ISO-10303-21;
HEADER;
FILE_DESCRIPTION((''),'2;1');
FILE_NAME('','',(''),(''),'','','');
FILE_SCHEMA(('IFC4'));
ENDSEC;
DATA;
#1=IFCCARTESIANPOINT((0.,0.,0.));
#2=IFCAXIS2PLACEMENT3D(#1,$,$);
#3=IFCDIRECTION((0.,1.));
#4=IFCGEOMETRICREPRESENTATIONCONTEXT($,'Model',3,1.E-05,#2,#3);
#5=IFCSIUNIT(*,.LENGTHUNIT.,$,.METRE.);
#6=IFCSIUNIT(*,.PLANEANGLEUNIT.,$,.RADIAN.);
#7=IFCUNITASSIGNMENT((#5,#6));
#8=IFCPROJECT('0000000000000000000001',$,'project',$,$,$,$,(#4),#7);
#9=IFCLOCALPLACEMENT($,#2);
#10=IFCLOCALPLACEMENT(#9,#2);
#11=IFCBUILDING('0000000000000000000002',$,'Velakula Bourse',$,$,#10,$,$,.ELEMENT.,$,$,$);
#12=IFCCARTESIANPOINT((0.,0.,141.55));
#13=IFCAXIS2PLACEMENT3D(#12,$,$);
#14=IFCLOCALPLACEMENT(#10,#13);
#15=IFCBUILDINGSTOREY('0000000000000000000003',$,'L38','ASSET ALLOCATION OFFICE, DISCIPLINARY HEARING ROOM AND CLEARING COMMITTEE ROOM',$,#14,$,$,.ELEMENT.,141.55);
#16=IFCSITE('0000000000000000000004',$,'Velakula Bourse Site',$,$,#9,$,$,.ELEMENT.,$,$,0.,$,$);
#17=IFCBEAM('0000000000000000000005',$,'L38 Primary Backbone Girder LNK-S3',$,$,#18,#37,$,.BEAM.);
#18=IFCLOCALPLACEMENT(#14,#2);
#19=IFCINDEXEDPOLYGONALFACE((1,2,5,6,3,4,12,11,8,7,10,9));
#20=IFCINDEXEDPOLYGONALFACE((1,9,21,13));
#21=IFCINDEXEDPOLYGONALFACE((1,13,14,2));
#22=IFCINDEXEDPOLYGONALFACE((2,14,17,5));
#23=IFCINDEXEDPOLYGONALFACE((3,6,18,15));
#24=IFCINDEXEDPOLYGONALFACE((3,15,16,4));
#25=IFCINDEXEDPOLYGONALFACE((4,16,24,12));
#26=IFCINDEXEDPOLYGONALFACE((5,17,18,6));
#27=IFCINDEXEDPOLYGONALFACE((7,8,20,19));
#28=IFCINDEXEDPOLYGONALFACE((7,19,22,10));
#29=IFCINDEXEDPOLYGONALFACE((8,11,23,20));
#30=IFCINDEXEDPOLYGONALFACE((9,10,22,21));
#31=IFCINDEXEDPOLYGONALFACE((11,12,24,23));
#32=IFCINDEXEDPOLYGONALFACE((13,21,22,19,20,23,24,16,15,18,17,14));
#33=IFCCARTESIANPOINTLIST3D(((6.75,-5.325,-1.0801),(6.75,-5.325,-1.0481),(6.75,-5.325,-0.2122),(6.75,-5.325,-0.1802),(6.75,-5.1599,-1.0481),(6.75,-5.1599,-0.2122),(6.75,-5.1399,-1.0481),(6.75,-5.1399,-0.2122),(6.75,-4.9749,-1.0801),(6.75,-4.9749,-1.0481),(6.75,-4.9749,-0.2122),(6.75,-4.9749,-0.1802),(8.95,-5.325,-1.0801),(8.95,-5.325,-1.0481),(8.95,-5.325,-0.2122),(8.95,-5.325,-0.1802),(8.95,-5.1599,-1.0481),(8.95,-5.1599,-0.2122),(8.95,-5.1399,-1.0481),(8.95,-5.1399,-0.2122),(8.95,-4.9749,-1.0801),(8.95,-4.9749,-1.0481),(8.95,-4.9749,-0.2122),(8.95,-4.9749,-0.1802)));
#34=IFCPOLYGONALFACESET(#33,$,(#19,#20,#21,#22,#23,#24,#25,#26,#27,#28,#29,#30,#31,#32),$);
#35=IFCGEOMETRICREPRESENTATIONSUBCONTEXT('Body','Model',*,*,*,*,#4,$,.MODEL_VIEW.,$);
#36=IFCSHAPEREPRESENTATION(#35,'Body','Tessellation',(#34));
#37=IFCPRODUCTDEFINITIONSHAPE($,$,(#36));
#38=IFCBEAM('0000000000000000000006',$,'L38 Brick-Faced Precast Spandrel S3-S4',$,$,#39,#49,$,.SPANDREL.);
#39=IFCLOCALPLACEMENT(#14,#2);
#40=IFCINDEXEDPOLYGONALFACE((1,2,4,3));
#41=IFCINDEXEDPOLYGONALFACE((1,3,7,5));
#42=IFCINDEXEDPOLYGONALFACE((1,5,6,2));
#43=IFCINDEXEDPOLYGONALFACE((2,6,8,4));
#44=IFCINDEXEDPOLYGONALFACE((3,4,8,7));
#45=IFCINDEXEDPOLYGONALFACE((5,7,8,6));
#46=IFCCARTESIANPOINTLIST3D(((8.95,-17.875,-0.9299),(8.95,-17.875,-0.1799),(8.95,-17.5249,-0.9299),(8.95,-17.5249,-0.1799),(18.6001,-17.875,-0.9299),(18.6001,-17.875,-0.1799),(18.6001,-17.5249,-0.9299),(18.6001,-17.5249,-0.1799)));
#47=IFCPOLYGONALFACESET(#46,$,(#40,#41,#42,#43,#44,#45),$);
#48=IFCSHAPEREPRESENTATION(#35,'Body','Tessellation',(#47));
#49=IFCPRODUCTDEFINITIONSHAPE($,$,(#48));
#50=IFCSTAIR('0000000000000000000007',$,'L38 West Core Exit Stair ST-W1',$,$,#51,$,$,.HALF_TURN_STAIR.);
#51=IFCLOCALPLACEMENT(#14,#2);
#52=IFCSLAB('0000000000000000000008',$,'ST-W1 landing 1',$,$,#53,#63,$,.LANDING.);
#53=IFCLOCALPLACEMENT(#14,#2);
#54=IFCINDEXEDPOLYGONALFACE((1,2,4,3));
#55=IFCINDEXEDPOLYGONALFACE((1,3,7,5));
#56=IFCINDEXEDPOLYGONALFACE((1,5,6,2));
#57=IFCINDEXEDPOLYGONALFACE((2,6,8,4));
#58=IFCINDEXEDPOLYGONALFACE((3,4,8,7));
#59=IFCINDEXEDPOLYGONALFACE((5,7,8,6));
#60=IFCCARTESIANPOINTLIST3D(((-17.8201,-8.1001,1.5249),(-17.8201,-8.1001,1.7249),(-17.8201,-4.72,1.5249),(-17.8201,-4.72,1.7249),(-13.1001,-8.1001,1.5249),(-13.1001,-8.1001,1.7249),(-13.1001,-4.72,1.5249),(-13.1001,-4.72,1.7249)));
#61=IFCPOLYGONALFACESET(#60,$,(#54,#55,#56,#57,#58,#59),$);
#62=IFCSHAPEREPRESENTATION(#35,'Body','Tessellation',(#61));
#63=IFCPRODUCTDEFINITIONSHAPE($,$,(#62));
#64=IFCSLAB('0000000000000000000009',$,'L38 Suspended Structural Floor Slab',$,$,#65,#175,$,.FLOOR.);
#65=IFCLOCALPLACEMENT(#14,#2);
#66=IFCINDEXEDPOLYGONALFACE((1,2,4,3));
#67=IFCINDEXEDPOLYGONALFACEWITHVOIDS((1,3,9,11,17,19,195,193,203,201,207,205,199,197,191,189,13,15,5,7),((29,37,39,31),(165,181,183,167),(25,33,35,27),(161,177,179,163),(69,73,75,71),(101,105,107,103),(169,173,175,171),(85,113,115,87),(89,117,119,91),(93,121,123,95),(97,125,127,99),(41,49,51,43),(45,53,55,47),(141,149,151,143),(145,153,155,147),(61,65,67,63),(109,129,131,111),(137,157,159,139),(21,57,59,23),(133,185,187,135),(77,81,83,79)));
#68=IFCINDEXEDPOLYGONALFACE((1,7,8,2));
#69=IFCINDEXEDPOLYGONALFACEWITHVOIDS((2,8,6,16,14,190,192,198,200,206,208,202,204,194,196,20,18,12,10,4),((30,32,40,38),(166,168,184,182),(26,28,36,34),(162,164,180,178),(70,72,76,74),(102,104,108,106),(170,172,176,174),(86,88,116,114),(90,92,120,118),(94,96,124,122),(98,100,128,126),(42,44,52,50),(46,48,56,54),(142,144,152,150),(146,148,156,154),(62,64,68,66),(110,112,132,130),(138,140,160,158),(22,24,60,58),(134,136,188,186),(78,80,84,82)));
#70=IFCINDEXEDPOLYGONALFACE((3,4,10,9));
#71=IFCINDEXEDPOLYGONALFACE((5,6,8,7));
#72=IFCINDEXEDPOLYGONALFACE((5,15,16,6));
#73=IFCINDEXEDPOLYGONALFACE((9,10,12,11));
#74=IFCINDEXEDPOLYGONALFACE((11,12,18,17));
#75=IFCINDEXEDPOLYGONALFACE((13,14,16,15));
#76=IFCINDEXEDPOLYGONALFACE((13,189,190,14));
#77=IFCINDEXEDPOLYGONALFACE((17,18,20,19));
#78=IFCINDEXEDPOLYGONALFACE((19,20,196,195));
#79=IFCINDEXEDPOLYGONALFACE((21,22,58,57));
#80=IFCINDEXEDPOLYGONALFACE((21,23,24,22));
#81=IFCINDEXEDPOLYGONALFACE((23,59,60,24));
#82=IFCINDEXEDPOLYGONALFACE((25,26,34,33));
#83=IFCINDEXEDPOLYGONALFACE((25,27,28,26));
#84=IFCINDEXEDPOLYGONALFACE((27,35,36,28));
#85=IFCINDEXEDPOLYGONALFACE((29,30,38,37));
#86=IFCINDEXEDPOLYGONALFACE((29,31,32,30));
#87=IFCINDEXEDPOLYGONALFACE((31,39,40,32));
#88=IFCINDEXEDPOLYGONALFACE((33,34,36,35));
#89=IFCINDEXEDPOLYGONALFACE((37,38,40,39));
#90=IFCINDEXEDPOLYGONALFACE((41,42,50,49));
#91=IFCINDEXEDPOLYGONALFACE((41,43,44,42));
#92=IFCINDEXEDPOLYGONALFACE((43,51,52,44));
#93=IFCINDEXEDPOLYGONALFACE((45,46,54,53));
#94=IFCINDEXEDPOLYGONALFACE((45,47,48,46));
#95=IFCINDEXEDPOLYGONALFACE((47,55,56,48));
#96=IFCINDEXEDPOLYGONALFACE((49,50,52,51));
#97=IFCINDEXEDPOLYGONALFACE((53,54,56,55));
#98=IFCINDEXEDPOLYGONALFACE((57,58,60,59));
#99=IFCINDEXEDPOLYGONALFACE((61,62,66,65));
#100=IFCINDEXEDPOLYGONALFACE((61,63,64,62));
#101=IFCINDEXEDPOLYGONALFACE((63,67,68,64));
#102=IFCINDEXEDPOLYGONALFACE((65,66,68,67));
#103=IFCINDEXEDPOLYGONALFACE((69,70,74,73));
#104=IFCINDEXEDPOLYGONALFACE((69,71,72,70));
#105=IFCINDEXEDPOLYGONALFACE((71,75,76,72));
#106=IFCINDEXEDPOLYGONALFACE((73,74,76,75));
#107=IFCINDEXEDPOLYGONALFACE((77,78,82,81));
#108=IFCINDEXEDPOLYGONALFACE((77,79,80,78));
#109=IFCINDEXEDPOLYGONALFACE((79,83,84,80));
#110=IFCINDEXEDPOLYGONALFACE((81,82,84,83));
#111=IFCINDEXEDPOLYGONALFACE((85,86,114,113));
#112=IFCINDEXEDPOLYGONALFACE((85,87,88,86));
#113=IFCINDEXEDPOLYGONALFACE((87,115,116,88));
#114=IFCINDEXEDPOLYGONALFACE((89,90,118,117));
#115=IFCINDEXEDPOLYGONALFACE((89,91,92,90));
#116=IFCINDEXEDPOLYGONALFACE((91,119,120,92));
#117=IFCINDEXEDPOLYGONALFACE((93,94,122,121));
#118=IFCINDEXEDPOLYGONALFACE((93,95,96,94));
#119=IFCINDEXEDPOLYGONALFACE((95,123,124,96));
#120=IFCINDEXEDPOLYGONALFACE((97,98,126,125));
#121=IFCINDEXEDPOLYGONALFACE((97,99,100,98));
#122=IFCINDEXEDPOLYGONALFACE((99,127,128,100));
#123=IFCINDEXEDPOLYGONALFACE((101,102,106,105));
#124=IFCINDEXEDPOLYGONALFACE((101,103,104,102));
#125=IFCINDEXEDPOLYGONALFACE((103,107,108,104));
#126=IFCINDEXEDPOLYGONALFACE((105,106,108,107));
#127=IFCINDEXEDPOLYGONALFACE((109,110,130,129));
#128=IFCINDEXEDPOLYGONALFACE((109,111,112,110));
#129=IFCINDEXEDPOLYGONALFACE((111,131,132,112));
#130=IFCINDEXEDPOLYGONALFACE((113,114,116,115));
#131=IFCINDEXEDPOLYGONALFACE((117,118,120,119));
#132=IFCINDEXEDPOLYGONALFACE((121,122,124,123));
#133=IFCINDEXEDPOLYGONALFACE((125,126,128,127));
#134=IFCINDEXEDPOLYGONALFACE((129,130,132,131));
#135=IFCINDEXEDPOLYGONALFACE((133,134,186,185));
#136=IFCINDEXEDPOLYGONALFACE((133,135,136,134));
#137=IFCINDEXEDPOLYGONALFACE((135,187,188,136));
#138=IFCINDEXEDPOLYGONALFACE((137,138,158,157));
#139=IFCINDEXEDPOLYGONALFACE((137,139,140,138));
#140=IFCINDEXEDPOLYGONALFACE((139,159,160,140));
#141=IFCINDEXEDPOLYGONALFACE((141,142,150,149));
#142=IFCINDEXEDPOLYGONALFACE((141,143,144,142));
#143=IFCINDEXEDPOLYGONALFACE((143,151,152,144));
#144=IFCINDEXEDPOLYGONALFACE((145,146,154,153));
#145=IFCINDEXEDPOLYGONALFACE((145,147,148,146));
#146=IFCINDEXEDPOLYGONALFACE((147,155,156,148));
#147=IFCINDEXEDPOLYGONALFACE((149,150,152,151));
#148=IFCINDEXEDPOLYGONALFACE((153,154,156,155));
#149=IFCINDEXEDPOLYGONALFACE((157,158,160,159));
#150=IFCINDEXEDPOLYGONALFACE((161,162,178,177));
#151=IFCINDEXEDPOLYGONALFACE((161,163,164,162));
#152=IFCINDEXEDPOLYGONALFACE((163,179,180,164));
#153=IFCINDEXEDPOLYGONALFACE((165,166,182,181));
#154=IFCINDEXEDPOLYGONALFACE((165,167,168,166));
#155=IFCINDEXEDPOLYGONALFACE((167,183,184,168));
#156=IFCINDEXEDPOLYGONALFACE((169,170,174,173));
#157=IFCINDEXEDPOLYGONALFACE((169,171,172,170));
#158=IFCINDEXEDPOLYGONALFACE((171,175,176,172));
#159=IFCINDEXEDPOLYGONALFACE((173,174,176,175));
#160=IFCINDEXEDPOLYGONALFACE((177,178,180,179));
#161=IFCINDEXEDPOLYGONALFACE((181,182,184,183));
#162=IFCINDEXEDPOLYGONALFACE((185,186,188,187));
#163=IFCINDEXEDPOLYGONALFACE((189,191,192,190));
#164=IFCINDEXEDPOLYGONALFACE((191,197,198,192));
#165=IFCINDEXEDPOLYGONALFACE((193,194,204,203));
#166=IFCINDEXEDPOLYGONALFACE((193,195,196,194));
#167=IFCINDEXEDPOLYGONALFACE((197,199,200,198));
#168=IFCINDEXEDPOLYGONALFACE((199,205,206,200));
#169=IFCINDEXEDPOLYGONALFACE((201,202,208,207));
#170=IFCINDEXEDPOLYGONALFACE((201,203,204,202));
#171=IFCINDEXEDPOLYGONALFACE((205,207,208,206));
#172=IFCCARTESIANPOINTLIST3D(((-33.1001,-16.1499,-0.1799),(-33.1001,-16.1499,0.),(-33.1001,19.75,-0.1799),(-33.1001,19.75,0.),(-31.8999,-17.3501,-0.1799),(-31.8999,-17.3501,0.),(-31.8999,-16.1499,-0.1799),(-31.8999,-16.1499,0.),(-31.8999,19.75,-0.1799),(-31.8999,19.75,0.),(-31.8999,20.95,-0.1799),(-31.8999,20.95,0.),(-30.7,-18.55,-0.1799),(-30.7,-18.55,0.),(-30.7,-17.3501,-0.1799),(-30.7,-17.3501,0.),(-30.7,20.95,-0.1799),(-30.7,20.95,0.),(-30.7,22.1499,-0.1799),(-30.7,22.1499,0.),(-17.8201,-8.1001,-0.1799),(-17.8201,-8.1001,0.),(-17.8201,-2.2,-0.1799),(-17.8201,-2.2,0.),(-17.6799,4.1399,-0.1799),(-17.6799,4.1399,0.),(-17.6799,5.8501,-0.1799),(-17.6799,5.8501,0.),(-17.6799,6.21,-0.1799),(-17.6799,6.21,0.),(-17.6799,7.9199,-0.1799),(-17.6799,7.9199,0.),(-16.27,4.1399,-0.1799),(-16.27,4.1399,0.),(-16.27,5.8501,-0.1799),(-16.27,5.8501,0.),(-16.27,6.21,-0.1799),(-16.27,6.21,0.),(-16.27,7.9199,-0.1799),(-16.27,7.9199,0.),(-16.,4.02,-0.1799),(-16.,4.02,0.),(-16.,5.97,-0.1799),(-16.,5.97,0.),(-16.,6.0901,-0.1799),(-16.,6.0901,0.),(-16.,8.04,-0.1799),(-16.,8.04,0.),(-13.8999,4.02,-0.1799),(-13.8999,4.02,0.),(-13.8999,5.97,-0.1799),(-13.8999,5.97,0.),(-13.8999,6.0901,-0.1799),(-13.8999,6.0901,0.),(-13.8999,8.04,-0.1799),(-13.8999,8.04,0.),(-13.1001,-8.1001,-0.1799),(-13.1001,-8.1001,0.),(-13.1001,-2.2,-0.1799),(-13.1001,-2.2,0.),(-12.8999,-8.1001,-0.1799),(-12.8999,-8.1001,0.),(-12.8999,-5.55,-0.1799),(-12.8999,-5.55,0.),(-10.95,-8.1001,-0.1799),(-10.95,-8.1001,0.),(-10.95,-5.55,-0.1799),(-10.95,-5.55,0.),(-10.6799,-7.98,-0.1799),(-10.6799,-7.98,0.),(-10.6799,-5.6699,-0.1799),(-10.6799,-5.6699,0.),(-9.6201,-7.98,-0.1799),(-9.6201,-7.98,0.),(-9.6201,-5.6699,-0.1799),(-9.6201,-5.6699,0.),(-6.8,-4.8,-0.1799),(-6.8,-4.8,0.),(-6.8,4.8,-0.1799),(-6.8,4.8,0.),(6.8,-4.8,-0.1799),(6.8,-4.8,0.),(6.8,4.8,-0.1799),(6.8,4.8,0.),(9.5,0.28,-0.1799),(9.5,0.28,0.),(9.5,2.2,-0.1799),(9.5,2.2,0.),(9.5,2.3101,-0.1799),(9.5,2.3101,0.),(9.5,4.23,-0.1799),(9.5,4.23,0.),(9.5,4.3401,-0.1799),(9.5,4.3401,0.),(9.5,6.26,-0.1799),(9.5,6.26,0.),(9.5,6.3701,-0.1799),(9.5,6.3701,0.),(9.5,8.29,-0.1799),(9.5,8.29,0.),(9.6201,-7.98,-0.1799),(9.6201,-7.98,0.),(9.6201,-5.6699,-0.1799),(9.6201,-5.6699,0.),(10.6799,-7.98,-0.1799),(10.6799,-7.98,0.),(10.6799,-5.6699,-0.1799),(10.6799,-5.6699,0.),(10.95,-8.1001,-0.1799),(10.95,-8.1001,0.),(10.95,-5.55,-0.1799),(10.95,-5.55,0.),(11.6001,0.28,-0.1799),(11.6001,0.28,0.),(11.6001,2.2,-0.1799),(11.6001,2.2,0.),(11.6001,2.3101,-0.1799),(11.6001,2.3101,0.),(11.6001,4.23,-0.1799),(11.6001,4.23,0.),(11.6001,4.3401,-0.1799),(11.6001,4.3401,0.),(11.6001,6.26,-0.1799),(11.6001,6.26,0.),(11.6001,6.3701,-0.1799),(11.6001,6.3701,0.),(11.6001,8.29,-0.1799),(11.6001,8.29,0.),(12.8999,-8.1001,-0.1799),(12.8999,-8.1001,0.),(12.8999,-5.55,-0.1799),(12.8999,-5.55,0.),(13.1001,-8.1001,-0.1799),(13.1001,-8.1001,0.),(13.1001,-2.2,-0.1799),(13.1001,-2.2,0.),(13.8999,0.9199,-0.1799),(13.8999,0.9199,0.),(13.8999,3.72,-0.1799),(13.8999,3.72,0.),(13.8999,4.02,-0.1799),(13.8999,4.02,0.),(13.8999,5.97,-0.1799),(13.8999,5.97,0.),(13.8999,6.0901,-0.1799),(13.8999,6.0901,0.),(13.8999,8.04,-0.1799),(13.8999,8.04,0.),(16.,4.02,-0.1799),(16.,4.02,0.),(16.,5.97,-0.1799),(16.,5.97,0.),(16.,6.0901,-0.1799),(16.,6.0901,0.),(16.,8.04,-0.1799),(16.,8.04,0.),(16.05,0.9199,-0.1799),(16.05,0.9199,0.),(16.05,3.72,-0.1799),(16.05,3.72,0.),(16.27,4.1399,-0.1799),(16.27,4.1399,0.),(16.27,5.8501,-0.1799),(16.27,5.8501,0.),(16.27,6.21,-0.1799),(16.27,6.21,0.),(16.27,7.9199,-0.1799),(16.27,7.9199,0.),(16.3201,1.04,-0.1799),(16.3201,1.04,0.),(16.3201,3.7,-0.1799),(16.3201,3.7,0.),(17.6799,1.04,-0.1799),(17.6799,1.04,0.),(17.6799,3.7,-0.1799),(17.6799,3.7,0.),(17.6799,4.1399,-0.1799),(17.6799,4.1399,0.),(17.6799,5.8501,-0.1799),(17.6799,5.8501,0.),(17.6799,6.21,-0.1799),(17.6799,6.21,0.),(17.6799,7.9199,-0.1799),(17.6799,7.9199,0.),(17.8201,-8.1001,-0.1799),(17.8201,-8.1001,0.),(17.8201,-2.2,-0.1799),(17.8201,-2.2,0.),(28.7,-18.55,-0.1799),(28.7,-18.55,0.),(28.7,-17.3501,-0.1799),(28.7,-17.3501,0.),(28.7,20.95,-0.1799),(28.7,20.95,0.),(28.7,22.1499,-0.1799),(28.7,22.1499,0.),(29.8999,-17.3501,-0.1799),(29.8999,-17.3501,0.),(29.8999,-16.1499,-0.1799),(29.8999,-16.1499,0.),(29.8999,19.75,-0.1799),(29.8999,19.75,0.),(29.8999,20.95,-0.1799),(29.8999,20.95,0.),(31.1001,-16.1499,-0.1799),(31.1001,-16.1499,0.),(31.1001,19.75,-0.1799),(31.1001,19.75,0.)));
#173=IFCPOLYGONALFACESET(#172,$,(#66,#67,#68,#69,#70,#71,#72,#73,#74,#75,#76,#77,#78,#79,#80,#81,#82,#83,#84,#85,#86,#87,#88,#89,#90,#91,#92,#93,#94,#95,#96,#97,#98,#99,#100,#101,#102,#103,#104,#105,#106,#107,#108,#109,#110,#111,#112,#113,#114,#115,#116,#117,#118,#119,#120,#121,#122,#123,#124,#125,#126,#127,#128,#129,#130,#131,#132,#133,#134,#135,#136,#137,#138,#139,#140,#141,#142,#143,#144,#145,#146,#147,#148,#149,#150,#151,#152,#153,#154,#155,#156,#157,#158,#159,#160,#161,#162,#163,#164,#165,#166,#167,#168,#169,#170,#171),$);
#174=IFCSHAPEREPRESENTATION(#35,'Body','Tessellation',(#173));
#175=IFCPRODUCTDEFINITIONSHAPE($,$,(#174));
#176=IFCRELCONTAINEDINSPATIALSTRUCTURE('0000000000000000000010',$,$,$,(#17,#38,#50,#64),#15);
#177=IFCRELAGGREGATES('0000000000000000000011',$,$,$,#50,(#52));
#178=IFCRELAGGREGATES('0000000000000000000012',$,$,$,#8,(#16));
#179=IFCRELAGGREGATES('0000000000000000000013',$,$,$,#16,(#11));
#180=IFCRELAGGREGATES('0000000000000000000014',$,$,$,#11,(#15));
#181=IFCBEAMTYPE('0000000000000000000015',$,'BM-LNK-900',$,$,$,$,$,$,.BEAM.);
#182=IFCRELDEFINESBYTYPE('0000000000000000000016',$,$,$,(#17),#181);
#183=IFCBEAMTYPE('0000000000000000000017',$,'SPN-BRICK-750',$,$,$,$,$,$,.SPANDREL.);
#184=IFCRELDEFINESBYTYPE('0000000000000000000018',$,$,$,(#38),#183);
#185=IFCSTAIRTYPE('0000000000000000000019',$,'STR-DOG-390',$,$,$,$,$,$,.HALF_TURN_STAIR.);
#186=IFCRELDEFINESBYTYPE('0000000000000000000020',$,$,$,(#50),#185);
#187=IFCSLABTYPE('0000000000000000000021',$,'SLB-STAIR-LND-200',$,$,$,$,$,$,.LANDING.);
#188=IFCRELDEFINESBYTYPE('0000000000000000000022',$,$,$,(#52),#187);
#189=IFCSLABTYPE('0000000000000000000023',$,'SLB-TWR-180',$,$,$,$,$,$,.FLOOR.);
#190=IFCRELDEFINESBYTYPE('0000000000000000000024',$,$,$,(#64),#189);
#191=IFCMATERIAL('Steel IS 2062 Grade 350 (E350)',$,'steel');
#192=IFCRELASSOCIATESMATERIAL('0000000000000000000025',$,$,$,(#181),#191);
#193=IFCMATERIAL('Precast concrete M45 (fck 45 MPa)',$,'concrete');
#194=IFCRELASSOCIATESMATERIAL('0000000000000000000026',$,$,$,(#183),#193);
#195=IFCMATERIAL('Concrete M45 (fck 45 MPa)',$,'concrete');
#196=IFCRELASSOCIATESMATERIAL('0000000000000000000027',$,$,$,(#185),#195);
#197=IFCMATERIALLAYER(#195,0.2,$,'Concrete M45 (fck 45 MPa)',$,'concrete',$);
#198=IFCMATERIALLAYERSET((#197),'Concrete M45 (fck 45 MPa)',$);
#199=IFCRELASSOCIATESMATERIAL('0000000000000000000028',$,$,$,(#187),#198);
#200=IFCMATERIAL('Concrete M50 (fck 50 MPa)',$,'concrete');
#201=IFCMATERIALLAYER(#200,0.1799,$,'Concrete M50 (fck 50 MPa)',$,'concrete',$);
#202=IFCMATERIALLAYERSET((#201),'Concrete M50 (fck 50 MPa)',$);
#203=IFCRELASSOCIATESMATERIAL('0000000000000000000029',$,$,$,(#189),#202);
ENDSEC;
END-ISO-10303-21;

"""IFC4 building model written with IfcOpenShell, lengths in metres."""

from ifc_helpers import new_model, si_unit, direction, frame, origin, origin_2d, place, context, subcontext, project, spatial, polyline, rectangle, i_section, outline, extrude, material, layer, layer_set, material_profile, profile_set, type_object, element, aggregate, save


model = new_model("IFC4")

# Units and contexts
model_context = context("Model", 3, precision=1e-05, world=origin(), true_north=direction((0.0, 1.0)))
body_context = subcontext(model_context, "Body", "Model", "MODEL_VIEW")
ifc_project = project(units=[si_unit("LENGTHUNIT", "METRE"), si_unit("PLANEANGLEUNIT", "RADIAN")], contexts=[model_context])

# Site, building, storey
site_placement = place(None, origin())
site = spatial("IfcSite", under=ifc_project, at=site_placement, Name="Velakula Bourse Site", CompositionType="ELEMENT", RefElevation=0.0)
building_placement = place(site_placement, origin())
building = spatial("IfcBuilding", under=site, at=building_placement, Name="Velakula Bourse", CompositionType="ELEMENT")
storey_placement = place(building_placement, frame((0.0, 0.0, 141.55)))
storey = spatial("IfcBuildingStorey", under=building, at=storey_placement, Name="L38", Description="ASSET ALLOCATION OFFICE, DISCIPLINARY HEARING ROOM AND CLEARING COMMITTEE ROOM", CompositionType="ELEMENT", Elevation=141.55)

# Shared definitions
ifc_material_1 = material(Name="Steel IS 2062 Grade 350 (E350)", Category="steel")

# Beams
ifc_material_profile_1 = material_profile(ifc_material_1, i_section(OverallWidth=0.3501, OverallDepth=0.8999, WebThickness=0.02, FlangeThickness=0.032, at=origin_2d()), Name="Steel IS 2062 Grade 350 (E350)")
ifc_profile_set_1 = profile_set([ifc_material_profile_1], Name="Steel IS 2062 Grade 350 (E350)")
beam_type_1 = type_object("IfcBeamType", Name="BM-LNK-900", PredefinedType="BEAM", material=ifc_profile_set_1)
beam_1_placement = place(storey_placement, frame((6.75, -5.1499, -0.6301), z_axis=(1.0, 0.0, 0.0), x_axis=(0.0, 1.0, 0.0)))
element("IfcBeam", 1, at=beam_1_placement, inside=storey, type_object=beam_type_1, Name="L38 Primary Backbone Girder LNK-S3", PredefinedType="BEAM", context=body_context, shape_type="SweptSolid", body=[
    extrude(i_section(OverallWidth=0.3501, OverallDepth=0.8999, WebThickness=0.02, FlangeThickness=0.032, at=origin_2d()), origin(), (0.0, 0.0, 1.0), 2.2),
])
ifc_material_2 = material(Name="Precast concrete M45 (fck 45 MPa)", Category="concrete")
ifc_material_profile_2 = material_profile(ifc_material_2, rectangle(XDim=0.3501, YDim=0.75, at=origin_2d()), Name="Precast concrete M45 (fck 45 MPa)")
ifc_profile_set_2 = profile_set([ifc_material_profile_2], Name="Precast concrete M45 (fck 45 MPa)")
beam_type_2 = type_object("IfcBeamType", Name="SPN-BRICK-750", PredefinedType="SPANDREL", material=ifc_profile_set_2)
beam_2_placement = place(storey_placement, frame((8.95, -17.7, -0.5549), z_axis=(1.0, 0.0, 0.0), x_axis=(0.0, 1.0, 0.0)))
element("IfcBeam", 2, at=beam_2_placement, inside=storey, type_object=beam_type_2, Name="L38 Brick-Faced Precast Spandrel S3-S4", PredefinedType="SPANDREL", context=body_context, shape_type="SweptSolid", body=[
    extrude(rectangle(XDim=0.3501, YDim=0.75, at=origin_2d()), origin(), (0.0, 0.0, 1.0), 9.6501),
])

# Stair, slab
ifc_material_3 = material(Name="Concrete M45 (fck 45 MPa)", Category="concrete")
stair_type = type_object("IfcStairType", Name="STR-DOG-390", PredefinedType="HALF_TURN_STAIR", material=ifc_material_3)
stair_placement = place(storey_placement, origin())
stair = element("IfcStair", 3, at=stair_placement, inside=storey, type_object=stair_type, Name="L38 West Core Exit Stair ST-W1", PredefinedType="HALF_TURN_STAIR")
ifc_layer_1 = layer(ifc_material_3, 0.2, Name="Concrete M45 (fck 45 MPa)", Category="concrete")
ifc_layer_set_1 = layer_set([ifc_layer_1], Name="Concrete M45 (fck 45 MPa)")
slab_type_1 = type_object("IfcSlabType", Name="SLB-STAIR-LND-200", PredefinedType="LANDING", material=ifc_layer_set_1)
slab_1_placement = place(storey_placement, frame((0.0, 0.0, 1.5249)))
slab_1 = element("IfcSlab", 4, at=slab_1_placement, type_object=slab_type_1, Name="ST-W1 landing 1", PredefinedType="LANDING", context=body_context, shape_type="SweptSolid", body=[
    extrude(outline(polyline([(-17.8201, -4.72), (-17.8201, -8.1001), (-13.1001, -8.1001), (-13.1001, -4.72), (-17.8201, -4.72)])), origin(), (0.0, 0.0, 1.0), 0.2),
])
aggregate(stair, [slab_1])

# Slab
ifc_material_4 = material(Name="Concrete M50 (fck 50 MPa)", Category="concrete")
ifc_layer_2 = layer(ifc_material_4, 0.1799, Name="Concrete M50 (fck 50 MPa)", Category="concrete")
ifc_layer_set_2 = layer_set([ifc_layer_2], Name="Concrete M50 (fck 50 MPa)")
slab_type_2 = type_object("IfcSlabType", Name="SLB-TWR-180", PredefinedType="FLOOR", material=ifc_layer_set_2)
slab_2_placement = place(storey_placement, frame((0.0, 0.0, -0.1799)))
element("IfcSlab", 5, at=slab_2_placement, inside=storey, type_object=slab_type_2, Name="L38 Suspended Structural Floor Slab", PredefinedType="FLOOR", context=body_context, shape_type="SweptSolid", body=[
    extrude(outline(polyline([(-30.7, -18.55), (28.7, -18.55), (28.7, -17.3501), (29.8999, -17.3501), (29.8999, -16.1499), (31.1001, -16.1499), (31.1001, 19.75), (29.8999, 19.75), (29.8999, 20.95), (28.7, 20.95), (28.7, 22.1499), (-30.7, 22.1499), (-30.7, 20.95), (-31.8999, 20.95), (-31.8999, 19.75), (-33.1001, 19.75), (-33.1001, -16.1499), (-31.8999, -16.1499), (-31.8999, -17.3501), (-30.7, -17.3501), (-30.7, -18.55)]), holes=[polyline([(-17.8201, -8.1001), (-13.1001, -8.1001), (-13.1001, -2.2), (-17.8201, -2.2), (-17.8201, -8.1001)]), polyline([(13.1001, -8.1001), (17.8201, -8.1001), (17.8201, -2.2), (13.1001, -2.2), (13.1001, -8.1001)]), polyline([(-12.8999, -8.1001), (-10.95, -8.1001), (-10.95, -5.55), (-12.8999, -5.55), (-12.8999, -8.1001)]), polyline([(10.95, -8.1001), (12.8999, -8.1001), (12.8999, -5.55), (10.95, -5.55), (10.95, -8.1001)]), polyline([(13.8999, 0.9199), (16.05, 0.9199), (16.05, 3.72), (13.8999, 3.72), (13.8999, 0.9199)]), polyline([(-10.6799, -7.98), (-9.6201, -7.98), (-9.6201, -5.6699), (-10.6799, -5.6699), (-10.6799, -7.98)]), polyline([(-17.6799, 4.1399), (-16.27, 4.1399), (-16.27, 5.8501), (-17.6799, 5.8501), (-17.6799, 4.1399)]), polyline([(-17.6799, 6.21), (-16.27, 6.21), (-16.27, 7.9199), (-17.6799, 7.9199), (-17.6799, 6.21)]), polyline([(9.6201, -7.98), (10.6799, -7.98), (10.6799, -5.6699), (9.6201, -5.6699), (9.6201, -7.98)]), polyline([(16.27, 4.1399), (17.6799, 4.1399), (17.6799, 5.8501), (16.27, 5.8501), (16.27, 4.1399)]), polyline([(16.27, 6.21), (17.6799, 6.21), (17.6799, 7.9199), (16.27, 7.9199), (16.27, 6.21)]), polyline([(16.3201, 1.04), (17.6799, 1.04), (17.6799, 3.7), (16.3201, 3.7), (16.3201, 1.04)]), polyline([(9.5, 0.28), (11.6001, 0.28), (11.6001, 2.2), (9.5, 2.2), (9.5, 0.28)]), polyline([(9.5, 2.3101), (11.6001, 2.3101), (11.6001, 4.23), (9.5, 4.23), (9.5, 2.3101)]), polyline([(9.5, 4.3401), (11.6001, 4.3401), (11.6001, 6.26), (9.5, 6.26), (9.5, 4.3401)]), polyline([(9.5, 6.3701), (11.6001, 6.3701), (11.6001, 8.29), (9.5, 8.29), (9.5, 6.3701)]), polyline([(-16.0, 4.02), (-13.8999, 4.02), (-13.8999, 5.97), (-16.0, 5.97), (-16.0, 4.02)]), polyline([(-16.0, 6.0901), (-13.8999, 6.0901), (-13.8999, 8.04), (-16.0, 8.04), (-16.0, 6.0901)]), polyline([(13.8999, 4.02), (16.0, 4.02), (16.0, 5.97), (13.8999, 5.97), (13.8999, 4.02)]), polyline([(13.8999, 6.0901), (16.0, 6.0901), (16.0, 8.04), (13.8999, 8.04), (13.8999, 6.0901)]), polyline([(-6.8, -4.8), (6.8, -4.8), (6.8, 4.8), (-6.8, 4.8), (-6.8, -4.8)])]), origin(), (0.0, 0.0, 1.0), 0.1799),
])

save(model, "model.ifc")
